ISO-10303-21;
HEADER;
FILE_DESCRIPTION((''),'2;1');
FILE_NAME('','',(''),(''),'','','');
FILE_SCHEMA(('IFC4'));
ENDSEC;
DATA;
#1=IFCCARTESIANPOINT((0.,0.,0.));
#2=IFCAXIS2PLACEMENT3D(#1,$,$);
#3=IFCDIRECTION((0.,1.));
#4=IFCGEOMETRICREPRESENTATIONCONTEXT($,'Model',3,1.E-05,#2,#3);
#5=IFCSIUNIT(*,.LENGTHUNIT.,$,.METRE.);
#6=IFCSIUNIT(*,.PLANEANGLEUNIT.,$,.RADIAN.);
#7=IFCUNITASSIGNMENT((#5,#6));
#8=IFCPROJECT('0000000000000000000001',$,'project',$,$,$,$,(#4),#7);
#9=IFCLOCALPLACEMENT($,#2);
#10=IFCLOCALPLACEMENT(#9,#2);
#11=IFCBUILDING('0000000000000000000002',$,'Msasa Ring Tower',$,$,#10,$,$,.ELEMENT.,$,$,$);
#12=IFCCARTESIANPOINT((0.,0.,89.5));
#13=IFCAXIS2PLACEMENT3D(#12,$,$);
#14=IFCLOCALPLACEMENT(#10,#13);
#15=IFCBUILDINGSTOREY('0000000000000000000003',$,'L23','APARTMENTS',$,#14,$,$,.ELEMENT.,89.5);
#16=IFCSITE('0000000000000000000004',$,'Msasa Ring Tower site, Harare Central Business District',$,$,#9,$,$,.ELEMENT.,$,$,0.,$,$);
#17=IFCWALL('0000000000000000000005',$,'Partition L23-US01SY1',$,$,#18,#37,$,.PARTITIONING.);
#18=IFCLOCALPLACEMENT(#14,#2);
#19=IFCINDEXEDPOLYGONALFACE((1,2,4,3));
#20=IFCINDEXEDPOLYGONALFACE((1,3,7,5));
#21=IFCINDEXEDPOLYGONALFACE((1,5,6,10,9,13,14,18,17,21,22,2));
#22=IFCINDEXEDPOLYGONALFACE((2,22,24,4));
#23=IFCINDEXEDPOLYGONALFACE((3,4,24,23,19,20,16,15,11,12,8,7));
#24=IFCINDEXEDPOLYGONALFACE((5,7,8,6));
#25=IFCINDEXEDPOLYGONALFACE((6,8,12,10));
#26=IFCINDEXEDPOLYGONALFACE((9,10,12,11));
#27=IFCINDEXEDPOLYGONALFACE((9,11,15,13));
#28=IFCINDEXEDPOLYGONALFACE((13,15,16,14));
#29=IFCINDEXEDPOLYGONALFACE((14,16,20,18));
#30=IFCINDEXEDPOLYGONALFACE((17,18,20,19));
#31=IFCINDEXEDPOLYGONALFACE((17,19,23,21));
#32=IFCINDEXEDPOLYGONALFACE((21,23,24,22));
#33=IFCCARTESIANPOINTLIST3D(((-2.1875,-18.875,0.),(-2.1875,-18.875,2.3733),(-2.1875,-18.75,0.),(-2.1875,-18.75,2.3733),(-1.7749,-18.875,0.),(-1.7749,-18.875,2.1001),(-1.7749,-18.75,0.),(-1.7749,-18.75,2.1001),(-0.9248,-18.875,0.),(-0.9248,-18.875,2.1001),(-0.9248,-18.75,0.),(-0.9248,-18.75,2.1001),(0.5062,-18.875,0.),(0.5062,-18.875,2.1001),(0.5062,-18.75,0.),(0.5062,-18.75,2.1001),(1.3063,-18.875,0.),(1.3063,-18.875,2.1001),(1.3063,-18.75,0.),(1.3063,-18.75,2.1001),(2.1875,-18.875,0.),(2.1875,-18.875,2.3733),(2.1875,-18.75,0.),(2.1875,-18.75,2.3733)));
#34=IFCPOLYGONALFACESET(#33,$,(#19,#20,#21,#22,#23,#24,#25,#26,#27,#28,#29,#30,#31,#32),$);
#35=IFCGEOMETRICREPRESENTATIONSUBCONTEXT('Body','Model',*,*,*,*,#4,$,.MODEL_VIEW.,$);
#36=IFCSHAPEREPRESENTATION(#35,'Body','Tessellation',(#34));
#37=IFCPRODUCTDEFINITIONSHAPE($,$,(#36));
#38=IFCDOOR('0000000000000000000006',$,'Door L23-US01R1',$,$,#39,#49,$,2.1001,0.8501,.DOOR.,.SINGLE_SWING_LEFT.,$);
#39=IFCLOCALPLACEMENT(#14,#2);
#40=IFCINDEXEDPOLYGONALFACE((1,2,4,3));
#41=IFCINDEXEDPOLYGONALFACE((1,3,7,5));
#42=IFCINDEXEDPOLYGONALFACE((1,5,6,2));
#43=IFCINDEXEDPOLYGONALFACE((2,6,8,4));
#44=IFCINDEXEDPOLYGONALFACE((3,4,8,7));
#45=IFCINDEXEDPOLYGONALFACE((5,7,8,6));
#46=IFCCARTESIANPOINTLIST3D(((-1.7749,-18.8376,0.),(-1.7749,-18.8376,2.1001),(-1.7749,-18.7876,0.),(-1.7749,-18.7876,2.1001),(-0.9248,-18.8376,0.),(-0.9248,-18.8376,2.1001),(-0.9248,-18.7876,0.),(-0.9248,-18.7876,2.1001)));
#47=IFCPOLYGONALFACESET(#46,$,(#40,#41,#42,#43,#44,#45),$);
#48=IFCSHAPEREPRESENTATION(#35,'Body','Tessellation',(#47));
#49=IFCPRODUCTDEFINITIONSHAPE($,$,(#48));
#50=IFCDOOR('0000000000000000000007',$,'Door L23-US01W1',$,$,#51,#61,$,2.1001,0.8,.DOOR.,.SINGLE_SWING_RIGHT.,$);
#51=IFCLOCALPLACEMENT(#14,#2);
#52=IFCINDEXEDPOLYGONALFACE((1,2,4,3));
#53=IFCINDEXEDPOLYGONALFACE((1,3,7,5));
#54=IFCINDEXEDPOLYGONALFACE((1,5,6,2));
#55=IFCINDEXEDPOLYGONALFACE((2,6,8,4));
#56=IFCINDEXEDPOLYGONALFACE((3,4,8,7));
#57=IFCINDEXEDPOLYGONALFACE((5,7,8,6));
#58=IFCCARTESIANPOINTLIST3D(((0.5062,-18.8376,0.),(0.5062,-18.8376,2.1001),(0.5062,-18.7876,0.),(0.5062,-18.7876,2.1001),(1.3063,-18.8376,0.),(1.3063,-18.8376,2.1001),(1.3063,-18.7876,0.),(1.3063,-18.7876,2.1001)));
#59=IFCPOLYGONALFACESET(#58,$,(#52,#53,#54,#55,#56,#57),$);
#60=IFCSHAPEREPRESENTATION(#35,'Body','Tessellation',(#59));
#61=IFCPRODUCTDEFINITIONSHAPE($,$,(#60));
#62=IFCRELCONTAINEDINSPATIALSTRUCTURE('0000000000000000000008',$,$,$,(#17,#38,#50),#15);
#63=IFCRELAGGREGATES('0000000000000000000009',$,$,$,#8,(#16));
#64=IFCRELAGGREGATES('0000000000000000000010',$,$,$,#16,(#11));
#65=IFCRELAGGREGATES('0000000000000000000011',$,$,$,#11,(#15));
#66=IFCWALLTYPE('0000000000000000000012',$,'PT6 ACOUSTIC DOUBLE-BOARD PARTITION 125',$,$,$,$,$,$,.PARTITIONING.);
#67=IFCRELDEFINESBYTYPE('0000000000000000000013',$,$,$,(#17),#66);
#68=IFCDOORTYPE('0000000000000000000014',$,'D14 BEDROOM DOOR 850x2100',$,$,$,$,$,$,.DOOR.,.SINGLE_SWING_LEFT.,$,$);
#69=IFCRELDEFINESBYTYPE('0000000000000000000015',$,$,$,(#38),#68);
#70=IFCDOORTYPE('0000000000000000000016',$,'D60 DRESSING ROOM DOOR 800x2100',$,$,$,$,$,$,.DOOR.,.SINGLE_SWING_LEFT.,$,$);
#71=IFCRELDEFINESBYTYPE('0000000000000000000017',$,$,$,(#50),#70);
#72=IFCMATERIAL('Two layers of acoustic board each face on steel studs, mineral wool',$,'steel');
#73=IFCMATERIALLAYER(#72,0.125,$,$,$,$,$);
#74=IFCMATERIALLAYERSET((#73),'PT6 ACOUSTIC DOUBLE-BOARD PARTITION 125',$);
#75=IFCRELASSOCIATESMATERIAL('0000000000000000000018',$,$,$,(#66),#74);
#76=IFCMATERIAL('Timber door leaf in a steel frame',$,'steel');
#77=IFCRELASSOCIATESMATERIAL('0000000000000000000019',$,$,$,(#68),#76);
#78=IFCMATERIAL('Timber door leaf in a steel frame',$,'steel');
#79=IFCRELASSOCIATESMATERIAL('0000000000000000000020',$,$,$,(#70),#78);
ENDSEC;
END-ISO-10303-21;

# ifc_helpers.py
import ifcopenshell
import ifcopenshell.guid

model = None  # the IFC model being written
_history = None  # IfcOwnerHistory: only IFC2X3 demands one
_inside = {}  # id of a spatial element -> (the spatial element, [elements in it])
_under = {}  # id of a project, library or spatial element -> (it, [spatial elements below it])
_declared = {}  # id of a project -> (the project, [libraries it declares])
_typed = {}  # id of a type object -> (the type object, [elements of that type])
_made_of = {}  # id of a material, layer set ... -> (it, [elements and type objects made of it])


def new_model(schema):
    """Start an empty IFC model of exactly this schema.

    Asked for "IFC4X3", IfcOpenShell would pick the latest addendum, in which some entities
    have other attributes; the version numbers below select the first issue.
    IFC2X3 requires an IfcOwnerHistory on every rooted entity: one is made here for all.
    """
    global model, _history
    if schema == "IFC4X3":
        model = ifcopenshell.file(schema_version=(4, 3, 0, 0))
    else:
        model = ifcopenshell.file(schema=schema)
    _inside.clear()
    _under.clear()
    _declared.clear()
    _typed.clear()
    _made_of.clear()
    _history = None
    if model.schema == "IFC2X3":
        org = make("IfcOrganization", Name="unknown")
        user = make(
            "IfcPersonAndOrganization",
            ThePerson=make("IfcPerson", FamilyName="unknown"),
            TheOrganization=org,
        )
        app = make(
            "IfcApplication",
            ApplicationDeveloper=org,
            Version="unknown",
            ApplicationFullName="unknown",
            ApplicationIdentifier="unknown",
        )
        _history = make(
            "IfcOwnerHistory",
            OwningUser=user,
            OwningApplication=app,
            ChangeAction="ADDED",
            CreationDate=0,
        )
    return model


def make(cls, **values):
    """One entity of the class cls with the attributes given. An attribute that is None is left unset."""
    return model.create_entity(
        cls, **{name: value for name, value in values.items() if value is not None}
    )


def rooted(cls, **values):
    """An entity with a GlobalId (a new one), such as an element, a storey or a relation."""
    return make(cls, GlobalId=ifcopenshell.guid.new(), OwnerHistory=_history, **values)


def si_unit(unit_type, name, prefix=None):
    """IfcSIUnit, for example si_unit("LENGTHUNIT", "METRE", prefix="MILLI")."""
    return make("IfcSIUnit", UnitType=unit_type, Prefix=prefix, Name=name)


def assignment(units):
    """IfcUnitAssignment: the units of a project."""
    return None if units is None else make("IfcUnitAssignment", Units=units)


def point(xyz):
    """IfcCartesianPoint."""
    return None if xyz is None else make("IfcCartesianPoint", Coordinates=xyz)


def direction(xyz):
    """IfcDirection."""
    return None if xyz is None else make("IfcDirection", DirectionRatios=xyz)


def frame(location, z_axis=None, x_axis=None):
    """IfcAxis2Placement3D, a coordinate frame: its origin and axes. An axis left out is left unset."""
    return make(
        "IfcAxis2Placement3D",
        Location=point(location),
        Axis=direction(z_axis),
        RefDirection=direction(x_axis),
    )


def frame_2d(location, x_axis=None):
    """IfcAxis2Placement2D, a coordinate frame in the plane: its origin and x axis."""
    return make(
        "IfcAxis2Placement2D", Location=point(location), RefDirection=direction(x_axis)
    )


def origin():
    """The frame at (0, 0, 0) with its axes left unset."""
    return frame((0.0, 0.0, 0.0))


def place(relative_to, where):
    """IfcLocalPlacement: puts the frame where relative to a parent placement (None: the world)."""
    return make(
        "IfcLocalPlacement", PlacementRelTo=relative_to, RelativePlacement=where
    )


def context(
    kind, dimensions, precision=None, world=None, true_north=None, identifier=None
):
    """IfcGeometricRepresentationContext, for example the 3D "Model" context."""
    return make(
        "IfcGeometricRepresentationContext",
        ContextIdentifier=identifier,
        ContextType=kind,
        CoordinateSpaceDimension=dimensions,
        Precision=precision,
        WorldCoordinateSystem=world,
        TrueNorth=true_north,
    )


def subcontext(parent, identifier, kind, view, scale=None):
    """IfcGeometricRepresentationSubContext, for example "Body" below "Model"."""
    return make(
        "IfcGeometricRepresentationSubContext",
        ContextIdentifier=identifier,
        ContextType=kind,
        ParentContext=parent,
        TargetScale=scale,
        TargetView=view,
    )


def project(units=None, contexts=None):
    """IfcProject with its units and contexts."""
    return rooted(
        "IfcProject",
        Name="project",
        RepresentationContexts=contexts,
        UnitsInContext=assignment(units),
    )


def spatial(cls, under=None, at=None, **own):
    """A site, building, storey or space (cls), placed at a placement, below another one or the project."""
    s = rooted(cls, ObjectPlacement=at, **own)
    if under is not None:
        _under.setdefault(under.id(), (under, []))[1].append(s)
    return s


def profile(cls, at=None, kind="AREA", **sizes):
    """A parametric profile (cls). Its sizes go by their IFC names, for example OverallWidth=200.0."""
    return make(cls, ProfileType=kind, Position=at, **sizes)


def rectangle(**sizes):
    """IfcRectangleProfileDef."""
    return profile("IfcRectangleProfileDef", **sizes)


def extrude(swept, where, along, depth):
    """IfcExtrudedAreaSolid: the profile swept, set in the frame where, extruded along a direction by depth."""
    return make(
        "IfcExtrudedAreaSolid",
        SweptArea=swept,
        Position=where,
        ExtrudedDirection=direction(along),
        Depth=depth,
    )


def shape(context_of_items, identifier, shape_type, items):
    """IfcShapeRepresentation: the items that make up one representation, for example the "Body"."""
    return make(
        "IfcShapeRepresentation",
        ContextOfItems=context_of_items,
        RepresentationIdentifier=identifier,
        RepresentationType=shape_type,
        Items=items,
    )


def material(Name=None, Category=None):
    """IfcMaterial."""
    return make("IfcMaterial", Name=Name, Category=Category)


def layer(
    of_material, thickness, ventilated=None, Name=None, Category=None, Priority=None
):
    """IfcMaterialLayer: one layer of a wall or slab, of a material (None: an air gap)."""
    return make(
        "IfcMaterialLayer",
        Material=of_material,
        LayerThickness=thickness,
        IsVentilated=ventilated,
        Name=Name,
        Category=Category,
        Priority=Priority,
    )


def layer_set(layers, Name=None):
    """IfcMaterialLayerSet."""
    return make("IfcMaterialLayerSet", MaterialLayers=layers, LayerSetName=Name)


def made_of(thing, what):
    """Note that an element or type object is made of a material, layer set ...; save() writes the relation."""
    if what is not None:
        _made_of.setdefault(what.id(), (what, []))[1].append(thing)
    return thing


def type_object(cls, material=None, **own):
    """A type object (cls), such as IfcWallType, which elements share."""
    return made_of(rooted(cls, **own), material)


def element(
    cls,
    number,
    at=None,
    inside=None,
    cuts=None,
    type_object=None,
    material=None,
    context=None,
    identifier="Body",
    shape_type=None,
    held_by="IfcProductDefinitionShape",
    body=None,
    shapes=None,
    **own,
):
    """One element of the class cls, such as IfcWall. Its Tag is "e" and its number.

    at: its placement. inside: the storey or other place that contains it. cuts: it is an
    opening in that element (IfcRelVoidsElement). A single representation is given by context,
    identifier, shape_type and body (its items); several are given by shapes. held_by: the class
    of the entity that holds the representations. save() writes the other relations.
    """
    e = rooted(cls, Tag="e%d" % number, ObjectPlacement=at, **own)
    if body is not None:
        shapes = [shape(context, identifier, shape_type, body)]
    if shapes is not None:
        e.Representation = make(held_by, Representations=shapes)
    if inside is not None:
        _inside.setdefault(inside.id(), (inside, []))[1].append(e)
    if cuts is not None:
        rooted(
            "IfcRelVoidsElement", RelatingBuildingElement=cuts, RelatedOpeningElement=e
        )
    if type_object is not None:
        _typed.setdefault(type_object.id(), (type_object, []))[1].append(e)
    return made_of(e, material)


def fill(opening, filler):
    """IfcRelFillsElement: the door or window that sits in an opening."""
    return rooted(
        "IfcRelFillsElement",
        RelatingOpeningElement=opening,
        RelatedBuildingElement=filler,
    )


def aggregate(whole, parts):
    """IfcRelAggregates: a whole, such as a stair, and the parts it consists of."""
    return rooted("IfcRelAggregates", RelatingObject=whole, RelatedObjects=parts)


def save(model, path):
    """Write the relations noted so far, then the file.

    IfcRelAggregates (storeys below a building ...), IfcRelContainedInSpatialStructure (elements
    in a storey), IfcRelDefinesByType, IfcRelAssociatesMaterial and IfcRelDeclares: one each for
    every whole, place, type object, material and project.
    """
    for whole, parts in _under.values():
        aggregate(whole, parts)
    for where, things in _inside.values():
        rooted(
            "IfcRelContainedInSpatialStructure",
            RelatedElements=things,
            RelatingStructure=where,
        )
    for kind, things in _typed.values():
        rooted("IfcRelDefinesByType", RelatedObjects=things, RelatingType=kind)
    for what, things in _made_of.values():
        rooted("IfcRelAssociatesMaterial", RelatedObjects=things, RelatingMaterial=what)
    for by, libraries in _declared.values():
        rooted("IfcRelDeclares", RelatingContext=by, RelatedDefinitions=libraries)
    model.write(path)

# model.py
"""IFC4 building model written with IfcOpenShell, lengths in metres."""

from ifc_helpers import new_model, si_unit, direction, frame, frame_2d, origin, place, context, subcontext, project, spatial, rectangle, extrude, material, layer, layer_set, type_object, element, fill, save


model = new_model("IFC4")

# Units and contexts
model_context = context("Model", 3, precision=1e-05, world=origin(), true_north=direction((0.0, 1.0)))
body_context = subcontext(model_context, "Body", "Model", "MODEL_VIEW")
ifc_project = project(units=[si_unit("LENGTHUNIT", "METRE"), si_unit("PLANEANGLEUNIT", "RADIAN")], contexts=[model_context])

# Site, building, storey
site_placement = place(None, origin())
site = spatial("IfcSite", under=ifc_project, at=site_placement, Name="Msasa Ring Tower site, Harare Central Business District", CompositionType="ELEMENT", RefElevation=0.0)
building_placement = place(site_placement, origin())
building = spatial("IfcBuilding", under=site, at=building_placement, Name="Msasa Ring Tower", CompositionType="ELEMENT")
storey_placement = place(building_placement, frame((0.0, 0.0, 89.5)))
storey = spatial("IfcBuildingStorey", under=building, at=storey_placement, Name="L23", Description="APARTMENTS", CompositionType="ELEMENT", Elevation=89.5)

# Shared definitions
ifc_material_1 = material(Name="Two layers of acoustic board each face on steel studs, mineral wool", Category="steel")
ifc_layer_1 = layer(ifc_material_1, 0.125)
ifc_layer_set_1 = layer_set([ifc_layer_1], Name="PT6 ACOUSTIC DOUBLE-BOARD PARTITION 125")
wall_type_1 = type_object("IfcWallType", Name="PT6 ACOUSTIC DOUBLE-BOARD PARTITION 125", PredefinedType="PARTITIONING", material=ifc_layer_set_1)

# Shared definitions
ifc_material_2 = material(Name="Timber door leaf in a steel frame", Category="steel")
door_type_1 = type_object("IfcDoorType", Name="D14 BEDROOM DOOR 850x2100", OperationType="SINGLE_SWING_LEFT", PredefinedType="DOOR", material=ifc_material_2)
ifc_material_3 = material(Name="Timber door leaf in a steel frame", Category="steel")
door_type_2 = type_object("IfcDoorType", Name="D60 DRESSING ROOM DOOR 800x2100", OperationType="SINGLE_SWING_LEFT", PredefinedType="DOOR", material=ifc_material_3)

# Wall, openings, doors
wall_1_placement = place(storey_placement, frame((-2.1875, -18.8125, 0.0), z_axis=(0.0, 0.0, 1.0), x_axis=(1.0, 0.0, 0.0)))
wall_1 = element("IfcWall", 1, at=wall_1_placement, inside=storey, type_object=wall_type_1, Name="Partition L23-US01SY1", PredefinedType="PARTITIONING", context=body_context, shape_type="SweptSolid", body=[
    extrude(rectangle(XDim=4.375, YDim=0.125, at=frame_2d((2.1875, 0.0))), origin(), (0.0, 0.0, 1.0), 2.3733),
])
opening_1_placement = place(wall_1_placement, frame((0.4126, 0.0, 0.0)))
opening_1 = element("IfcOpeningElement", 2, at=opening_1_placement, cuts=wall_1, PredefinedType="OPENING", context=body_context, shape_type="SweptSolid", body=[
    extrude(rectangle(XDim=0.8501, YDim=2.1001, at=frame_2d((0.425, 1.05))), frame((0.0, 0.0725, 0.0), z_axis=(0.0, -1.0, 0.0), x_axis=(1.0, 0.0, 0.0)), (0.0, 0.0, 1.0), 0.145),
])
opening_2_placement = place(wall_1_placement, frame((2.6938, 0.0, 0.0)))
opening_2 = element("IfcOpeningElement", 3, at=opening_2_placement, cuts=wall_1, PredefinedType="OPENING", context=body_context, shape_type="SweptSolid", body=[
    extrude(rectangle(XDim=0.8, YDim=2.1001, at=frame_2d((0.3999, 1.05))), frame((0.0, 0.0725, 0.0), z_axis=(0.0, -1.0, 0.0), x_axis=(1.0, 0.0, 0.0)), (0.0, 0.0, 1.0), 0.145),
])
door_1_placement = place(opening_1_placement, origin())
door_1 = element("IfcDoor", 4, at=door_1_placement, inside=storey, type_object=door_type_1, Name="Door L23-US01R1", OperationType="SINGLE_SWING_LEFT", OverallHeight=2.1001, OverallWidth=0.8501, PredefinedType="DOOR", context=body_context, shape_type="SweptSolid", body=[
    extrude(rectangle(XDim=0.8501, YDim=2.1001, at=frame_2d((0.425, 1.05))), frame((0.0, 0.0249, 0.0), z_axis=(0.0, -1.0, 0.0), x_axis=(1.0, 0.0, 0.0)), (0.0, 0.0, 1.0), 0.05),
])
fill(opening_1, door_1)
door_2_placement = place(opening_2_placement, origin())
door_2 = element("IfcDoor", 5, at=door_2_placement, inside=storey, type_object=door_type_2, Name="Door L23-US01W1", OperationType="SINGLE_SWING_RIGHT", OverallHeight=2.1001, OverallWidth=0.8, PredefinedType="DOOR", context=body_context, shape_type="SweptSolid", body=[
    extrude(rectangle(XDim=0.8, YDim=2.1001, at=frame_2d((0.3999, 1.05))), frame((0.0, 0.0249, 0.0), z_axis=(0.0, -1.0, 0.0), x_axis=(1.0, 0.0, 0.0)), (0.0, 0.0, 1.0), 0.05),
])
fill(opening_2, door_2)

save(model, "model.ifc")
